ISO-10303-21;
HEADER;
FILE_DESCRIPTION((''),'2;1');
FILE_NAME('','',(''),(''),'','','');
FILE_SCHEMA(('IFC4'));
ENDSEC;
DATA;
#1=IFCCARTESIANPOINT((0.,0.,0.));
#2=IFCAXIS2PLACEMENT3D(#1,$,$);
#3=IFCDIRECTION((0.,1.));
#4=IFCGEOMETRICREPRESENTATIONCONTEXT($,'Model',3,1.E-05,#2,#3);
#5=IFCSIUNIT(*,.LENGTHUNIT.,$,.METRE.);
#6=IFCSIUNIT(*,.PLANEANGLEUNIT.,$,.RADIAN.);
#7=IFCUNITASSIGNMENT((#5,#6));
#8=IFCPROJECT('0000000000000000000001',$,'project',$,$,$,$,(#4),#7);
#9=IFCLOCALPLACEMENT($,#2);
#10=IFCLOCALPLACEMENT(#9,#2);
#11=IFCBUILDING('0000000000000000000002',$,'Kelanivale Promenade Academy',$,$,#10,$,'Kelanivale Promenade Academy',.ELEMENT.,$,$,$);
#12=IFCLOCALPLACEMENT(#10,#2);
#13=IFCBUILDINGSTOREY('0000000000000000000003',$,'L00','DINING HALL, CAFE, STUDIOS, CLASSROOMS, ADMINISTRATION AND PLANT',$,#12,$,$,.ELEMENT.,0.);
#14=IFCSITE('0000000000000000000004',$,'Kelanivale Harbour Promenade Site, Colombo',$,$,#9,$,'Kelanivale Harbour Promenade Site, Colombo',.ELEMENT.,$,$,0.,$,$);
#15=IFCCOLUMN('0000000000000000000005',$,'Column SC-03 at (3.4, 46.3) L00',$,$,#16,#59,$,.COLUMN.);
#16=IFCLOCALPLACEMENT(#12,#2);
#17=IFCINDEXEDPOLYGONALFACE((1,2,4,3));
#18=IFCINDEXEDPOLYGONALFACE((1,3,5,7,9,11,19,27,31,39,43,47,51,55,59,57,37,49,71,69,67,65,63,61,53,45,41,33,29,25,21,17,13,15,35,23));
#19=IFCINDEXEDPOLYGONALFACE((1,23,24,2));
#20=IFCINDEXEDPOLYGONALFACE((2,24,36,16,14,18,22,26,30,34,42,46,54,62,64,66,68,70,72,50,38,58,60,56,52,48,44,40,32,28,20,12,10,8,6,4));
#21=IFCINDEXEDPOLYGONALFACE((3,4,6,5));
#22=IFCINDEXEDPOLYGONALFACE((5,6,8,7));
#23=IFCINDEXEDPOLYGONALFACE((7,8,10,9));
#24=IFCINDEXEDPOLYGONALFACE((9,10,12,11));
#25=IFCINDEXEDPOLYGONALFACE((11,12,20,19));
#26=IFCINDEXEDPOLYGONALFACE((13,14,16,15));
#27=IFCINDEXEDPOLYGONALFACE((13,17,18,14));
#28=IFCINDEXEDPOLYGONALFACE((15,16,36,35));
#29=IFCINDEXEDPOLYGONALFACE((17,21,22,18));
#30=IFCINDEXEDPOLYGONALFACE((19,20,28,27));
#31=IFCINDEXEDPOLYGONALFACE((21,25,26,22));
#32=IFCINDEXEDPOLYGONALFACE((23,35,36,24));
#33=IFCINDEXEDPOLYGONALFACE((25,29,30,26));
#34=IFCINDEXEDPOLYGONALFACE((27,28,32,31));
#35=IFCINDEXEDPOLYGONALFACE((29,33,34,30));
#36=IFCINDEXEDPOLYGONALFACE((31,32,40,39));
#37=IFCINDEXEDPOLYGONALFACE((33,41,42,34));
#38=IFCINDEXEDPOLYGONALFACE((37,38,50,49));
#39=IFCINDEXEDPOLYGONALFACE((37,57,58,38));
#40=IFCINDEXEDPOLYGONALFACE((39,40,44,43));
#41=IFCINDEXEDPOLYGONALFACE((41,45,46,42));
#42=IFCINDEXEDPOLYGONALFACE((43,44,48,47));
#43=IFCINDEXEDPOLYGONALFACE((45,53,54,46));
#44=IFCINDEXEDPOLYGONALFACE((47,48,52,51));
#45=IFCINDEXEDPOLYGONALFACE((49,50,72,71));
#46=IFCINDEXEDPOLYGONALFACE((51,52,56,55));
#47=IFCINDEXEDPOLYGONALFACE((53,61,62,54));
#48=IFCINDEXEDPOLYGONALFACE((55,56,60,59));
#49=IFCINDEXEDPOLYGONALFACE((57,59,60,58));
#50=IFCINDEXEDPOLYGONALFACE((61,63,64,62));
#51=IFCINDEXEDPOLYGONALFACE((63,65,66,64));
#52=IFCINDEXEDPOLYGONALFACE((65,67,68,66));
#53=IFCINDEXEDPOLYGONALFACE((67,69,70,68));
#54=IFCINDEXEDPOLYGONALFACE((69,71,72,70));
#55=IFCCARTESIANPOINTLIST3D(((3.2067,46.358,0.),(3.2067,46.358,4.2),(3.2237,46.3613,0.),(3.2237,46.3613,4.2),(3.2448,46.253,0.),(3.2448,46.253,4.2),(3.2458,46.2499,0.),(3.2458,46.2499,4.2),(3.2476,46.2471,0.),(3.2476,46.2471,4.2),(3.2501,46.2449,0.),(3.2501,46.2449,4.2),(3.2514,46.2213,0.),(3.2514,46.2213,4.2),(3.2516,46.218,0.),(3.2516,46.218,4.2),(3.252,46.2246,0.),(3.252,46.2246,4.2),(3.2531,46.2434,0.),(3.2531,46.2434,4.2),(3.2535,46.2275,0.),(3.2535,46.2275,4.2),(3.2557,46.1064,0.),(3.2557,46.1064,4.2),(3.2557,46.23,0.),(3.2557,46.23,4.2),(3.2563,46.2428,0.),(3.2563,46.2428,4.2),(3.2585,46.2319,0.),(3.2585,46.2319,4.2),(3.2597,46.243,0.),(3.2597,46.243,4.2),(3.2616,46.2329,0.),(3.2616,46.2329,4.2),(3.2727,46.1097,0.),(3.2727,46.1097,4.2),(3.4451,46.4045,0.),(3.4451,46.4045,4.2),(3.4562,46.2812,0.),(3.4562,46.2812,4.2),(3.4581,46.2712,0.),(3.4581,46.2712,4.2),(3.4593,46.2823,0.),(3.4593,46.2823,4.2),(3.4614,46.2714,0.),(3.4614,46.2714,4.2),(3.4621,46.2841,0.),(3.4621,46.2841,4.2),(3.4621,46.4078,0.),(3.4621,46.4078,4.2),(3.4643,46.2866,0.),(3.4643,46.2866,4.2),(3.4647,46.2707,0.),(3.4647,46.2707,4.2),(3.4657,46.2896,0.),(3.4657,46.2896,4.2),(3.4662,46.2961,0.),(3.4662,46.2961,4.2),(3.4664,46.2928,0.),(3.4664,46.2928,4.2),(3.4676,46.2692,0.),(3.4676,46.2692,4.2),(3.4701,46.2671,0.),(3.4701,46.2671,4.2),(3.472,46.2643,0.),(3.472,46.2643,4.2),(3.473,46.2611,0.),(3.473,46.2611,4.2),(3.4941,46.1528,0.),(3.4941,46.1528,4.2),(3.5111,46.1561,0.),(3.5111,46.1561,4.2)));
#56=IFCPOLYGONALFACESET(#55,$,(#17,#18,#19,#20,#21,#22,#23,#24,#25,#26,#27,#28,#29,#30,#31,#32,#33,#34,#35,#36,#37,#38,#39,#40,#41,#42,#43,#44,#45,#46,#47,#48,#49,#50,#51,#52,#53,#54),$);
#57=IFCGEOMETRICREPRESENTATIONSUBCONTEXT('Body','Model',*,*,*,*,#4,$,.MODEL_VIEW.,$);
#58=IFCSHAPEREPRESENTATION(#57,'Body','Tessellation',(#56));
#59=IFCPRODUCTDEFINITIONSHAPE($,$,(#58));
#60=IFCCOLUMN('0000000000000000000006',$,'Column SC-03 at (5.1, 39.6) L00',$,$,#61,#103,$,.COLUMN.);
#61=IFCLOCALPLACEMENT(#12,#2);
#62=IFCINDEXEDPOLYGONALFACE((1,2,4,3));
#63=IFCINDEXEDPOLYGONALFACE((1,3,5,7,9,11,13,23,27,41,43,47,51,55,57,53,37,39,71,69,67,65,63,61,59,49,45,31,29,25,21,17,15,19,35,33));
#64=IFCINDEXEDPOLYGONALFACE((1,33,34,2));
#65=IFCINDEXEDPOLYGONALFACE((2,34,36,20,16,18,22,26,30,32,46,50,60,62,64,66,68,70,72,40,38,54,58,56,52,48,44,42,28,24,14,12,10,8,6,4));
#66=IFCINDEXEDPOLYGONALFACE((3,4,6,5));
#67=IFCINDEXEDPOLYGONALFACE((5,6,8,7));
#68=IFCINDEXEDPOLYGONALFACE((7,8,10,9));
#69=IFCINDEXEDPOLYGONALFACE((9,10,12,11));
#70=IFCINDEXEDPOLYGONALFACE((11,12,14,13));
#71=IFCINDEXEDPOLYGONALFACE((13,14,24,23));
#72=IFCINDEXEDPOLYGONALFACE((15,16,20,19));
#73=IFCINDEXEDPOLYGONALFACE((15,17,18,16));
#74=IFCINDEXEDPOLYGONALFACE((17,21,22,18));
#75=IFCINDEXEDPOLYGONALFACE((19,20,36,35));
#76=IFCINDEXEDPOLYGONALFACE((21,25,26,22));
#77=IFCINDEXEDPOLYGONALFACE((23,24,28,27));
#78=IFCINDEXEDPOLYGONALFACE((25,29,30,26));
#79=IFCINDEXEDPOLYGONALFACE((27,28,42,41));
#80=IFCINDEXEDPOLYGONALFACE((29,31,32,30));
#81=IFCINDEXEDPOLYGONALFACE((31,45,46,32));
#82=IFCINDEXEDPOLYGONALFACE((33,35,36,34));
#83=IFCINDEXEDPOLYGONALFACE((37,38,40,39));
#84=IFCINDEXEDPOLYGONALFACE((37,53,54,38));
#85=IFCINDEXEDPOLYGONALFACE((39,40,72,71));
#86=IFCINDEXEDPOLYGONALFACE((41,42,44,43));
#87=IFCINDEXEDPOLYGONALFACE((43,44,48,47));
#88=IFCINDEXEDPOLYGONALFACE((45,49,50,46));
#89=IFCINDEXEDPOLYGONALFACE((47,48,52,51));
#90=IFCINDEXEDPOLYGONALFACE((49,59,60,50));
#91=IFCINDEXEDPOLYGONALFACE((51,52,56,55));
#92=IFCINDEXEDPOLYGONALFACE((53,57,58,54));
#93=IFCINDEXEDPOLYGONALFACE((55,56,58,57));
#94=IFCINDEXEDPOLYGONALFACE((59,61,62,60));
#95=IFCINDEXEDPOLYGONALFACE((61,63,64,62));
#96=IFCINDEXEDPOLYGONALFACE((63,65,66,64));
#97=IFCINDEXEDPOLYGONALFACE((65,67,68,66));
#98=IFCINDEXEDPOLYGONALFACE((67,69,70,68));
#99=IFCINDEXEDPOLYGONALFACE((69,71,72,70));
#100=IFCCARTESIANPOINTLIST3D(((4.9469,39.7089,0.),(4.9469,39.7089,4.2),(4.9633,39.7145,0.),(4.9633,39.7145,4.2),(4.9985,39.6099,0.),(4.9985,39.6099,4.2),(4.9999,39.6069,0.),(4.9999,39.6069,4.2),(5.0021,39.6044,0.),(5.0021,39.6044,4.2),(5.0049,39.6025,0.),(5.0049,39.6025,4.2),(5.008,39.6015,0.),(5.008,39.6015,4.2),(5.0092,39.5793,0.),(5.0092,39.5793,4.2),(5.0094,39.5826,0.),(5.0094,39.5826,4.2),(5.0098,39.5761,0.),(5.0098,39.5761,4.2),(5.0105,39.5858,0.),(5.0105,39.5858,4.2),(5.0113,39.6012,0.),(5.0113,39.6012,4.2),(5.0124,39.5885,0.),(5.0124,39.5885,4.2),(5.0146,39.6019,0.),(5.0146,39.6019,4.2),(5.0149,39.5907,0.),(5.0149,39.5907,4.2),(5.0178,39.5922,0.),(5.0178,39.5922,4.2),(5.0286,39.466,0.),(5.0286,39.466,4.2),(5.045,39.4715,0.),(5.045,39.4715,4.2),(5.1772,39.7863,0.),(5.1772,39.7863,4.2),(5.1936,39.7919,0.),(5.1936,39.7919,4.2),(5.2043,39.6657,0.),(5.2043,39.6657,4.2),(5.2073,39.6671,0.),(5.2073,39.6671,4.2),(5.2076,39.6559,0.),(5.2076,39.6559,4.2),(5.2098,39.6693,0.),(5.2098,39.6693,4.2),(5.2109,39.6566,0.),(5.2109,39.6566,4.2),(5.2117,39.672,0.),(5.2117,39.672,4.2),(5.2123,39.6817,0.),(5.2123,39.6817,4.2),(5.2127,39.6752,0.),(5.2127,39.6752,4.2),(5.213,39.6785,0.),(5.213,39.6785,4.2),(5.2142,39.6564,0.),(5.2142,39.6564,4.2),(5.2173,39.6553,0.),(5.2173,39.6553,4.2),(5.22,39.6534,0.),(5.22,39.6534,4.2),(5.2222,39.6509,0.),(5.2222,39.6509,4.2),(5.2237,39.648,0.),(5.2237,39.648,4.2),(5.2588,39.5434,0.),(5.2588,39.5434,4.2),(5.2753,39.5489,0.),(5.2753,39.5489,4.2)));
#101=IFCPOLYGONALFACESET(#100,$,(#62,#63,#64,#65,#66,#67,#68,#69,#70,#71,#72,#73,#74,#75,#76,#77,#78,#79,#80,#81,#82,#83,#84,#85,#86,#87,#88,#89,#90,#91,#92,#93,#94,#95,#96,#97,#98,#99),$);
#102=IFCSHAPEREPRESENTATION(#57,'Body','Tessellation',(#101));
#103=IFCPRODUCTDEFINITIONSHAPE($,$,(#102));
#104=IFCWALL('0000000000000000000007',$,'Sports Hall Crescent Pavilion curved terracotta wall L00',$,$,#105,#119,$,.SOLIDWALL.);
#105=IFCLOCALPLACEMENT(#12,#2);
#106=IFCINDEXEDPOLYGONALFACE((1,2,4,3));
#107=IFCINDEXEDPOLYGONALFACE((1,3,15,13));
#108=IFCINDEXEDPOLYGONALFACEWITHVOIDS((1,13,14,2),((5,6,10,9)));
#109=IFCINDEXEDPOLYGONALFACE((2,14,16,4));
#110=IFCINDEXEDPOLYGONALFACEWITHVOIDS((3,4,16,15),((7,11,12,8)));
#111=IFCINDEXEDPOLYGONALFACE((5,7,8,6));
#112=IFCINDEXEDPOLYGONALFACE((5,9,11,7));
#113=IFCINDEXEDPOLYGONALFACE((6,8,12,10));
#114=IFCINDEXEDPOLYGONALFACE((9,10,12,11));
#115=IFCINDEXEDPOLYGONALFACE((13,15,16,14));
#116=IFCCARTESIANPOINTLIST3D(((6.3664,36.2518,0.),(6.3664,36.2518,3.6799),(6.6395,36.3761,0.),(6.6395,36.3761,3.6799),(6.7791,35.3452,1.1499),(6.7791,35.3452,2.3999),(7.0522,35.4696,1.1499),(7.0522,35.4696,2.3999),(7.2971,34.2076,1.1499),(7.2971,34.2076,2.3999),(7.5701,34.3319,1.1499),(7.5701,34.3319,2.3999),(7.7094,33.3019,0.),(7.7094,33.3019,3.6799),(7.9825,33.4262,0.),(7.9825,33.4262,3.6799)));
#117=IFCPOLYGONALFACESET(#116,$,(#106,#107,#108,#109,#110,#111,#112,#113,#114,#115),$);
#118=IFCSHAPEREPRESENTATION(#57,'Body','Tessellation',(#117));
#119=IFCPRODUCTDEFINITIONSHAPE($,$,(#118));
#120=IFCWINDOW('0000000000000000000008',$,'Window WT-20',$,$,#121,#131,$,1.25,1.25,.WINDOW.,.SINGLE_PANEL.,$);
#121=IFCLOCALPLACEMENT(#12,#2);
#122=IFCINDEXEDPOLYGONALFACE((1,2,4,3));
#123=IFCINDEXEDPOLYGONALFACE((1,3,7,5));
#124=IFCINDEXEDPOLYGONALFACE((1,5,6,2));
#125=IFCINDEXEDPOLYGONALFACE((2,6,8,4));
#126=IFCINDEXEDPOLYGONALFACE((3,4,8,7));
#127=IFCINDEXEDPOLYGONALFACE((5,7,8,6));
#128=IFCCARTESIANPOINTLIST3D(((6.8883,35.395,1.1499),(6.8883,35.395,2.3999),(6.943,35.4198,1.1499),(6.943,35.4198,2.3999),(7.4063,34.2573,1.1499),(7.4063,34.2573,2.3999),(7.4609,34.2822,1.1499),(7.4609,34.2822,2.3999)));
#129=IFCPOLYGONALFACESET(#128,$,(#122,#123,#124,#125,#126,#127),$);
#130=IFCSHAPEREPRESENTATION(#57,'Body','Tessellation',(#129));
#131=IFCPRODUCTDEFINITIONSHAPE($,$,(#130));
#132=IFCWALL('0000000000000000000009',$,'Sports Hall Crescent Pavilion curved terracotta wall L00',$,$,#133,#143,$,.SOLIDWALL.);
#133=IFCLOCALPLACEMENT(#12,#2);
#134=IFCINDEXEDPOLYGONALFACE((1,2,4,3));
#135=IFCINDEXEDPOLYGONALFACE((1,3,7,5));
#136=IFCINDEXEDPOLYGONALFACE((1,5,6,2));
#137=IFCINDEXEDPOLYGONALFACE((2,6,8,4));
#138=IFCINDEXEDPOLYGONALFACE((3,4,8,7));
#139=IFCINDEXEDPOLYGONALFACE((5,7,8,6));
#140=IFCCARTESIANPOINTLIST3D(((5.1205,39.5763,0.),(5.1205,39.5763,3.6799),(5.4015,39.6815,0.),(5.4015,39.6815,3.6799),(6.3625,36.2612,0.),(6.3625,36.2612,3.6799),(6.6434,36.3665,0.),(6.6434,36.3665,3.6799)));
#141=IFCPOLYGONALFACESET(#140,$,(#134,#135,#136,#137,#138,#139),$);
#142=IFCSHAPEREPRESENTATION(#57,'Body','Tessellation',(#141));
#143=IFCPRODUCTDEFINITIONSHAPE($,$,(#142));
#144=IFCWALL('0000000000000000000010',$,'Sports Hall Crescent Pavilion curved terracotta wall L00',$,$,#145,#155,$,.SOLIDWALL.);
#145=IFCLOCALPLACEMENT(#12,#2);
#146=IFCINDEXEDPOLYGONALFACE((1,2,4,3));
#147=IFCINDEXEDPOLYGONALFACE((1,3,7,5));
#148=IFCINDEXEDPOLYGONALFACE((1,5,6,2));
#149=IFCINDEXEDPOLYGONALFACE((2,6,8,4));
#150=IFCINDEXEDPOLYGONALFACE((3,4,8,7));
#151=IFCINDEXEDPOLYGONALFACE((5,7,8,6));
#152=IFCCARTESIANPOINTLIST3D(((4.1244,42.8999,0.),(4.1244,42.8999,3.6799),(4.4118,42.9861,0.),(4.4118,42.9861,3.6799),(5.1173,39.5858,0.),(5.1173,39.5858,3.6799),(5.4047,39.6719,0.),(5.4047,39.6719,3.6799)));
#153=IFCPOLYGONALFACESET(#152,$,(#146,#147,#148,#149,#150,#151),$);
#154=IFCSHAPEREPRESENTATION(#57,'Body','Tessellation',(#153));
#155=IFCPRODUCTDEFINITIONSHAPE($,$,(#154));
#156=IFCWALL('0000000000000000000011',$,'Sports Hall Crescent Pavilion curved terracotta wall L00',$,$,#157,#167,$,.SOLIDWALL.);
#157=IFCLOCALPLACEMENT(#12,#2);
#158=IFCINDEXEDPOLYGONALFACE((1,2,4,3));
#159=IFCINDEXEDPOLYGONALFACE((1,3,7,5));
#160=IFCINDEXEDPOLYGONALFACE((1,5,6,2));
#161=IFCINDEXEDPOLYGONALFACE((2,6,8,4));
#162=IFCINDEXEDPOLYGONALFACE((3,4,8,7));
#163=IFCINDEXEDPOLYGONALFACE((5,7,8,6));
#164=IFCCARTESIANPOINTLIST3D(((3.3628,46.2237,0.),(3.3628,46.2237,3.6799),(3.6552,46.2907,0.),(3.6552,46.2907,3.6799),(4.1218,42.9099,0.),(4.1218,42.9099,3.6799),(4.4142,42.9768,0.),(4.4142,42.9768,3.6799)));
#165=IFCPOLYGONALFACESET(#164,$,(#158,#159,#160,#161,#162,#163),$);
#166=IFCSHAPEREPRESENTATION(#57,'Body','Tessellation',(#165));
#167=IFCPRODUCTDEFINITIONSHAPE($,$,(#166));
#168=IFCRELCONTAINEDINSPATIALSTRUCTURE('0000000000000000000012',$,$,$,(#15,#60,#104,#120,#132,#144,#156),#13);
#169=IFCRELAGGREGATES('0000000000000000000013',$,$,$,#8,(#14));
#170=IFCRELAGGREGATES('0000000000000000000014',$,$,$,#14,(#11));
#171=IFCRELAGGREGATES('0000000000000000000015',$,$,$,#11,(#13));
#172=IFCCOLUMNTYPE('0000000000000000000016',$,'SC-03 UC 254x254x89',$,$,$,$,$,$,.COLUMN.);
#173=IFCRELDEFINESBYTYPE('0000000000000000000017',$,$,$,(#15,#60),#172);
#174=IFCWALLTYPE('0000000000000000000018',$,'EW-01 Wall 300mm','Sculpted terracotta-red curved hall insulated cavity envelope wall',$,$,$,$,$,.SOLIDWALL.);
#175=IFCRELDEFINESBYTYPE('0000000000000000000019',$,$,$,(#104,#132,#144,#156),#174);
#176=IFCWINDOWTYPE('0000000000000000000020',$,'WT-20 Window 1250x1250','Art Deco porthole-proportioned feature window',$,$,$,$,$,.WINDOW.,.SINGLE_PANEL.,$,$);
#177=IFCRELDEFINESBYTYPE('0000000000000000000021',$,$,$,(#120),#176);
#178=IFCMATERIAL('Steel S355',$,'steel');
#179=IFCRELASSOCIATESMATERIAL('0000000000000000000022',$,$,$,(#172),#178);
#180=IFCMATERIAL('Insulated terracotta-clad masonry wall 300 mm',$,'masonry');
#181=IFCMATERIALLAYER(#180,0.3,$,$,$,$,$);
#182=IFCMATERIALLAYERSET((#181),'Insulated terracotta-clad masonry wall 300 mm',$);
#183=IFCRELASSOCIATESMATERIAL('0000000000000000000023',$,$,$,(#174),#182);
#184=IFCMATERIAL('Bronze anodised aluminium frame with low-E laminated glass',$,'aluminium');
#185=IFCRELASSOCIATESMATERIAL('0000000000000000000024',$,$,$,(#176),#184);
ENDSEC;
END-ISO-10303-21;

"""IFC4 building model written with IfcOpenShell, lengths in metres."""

from ifc_helpers import new_model, si_unit, direction, frame, frame_2d, origin, origin_2d, place, context, subcontext, project, spatial, rectangle, i_section, extrude, material, layer, layer_set, material_profile, profile_set, type_object, element, fill, save


model = new_model("IFC4")

# Units and contexts
model_context = context("Model", 3, precision=1e-05, world=origin(), true_north=direction((0.0, 1.0)))
body_context = subcontext(model_context, "Body", "Model", "MODEL_VIEW")
ifc_project = project(units=[si_unit("LENGTHUNIT", "METRE"), si_unit("PLANEANGLEUNIT", "RADIAN")], contexts=[model_context])

# Site, building, storey
site_placement = place(None, origin())
site = spatial("IfcSite", under=ifc_project, at=site_placement, Name="Kelanivale Harbour Promenade Site, Colombo", LongName="Kelanivale Harbour Promenade Site, Colombo", CompositionType="ELEMENT", RefElevation=0.0)
building_placement = place(site_placement, origin())
building = spatial("IfcBuilding", under=site, at=building_placement, Name="Kelanivale Promenade Academy", LongName="Kelanivale Promenade Academy", CompositionType="ELEMENT")
storey_placement = place(building_placement, origin())
storey = spatial("IfcBuildingStorey", under=building, at=storey_placement, Name="L00", Description="DINING HALL, CAFE, STUDIOS, CLASSROOMS, ADMINISTRATION AND PLANT", CompositionType="ELEMENT", Elevation=0.0)

# Columns
ifc_material_1 = material(Name="Steel S355", Category="steel")
ifc_material_profile_1 = material_profile(ifc_material_1, i_section(OverallWidth=0.2563, OverallDepth=0.2603, WebThickness=0.0103, FlangeThickness=0.0173, FilletRadius=0.0127, at=origin_2d()), Name="UC 254x254x89")
ifc_profile_set_1 = profile_set([ifc_material_profile_1], Name="Steel S355")
column_type_1 = type_object("IfcColumnType", Name="SC-03 UC 254x254x89", PredefinedType="COLUMN", material=ifc_profile_set_1)
for number, where, z_axis, x_axis, name in (
    (1, (3.3589, 46.2571, 0.0), (0.0, 0.0, 1.0), (-0.191152, 0.981561, 0.0), "Column SC-03 at (3.4, 46.3) L00"),
    (2, (5.1111, 39.6289, 0.0), (0.0, 0.0, 1.0), (-0.318628, 0.94788, 0.0), "Column SC-03 at (5.1, 39.6) L00"),
):
    element("IfcColumn", number, at=place(storey_placement, frame(where, z_axis=z_axis, x_axis=x_axis)), inside=storey, type_object=column_type_1, Name=name, PredefinedType="COLUMN", context=body_context, shape_type="SweptSolid", body=[
        extrude(i_section(OverallWidth=0.2563, OverallDepth=0.2603, WebThickness=0.0103, FlangeThickness=0.0173, FilletRadius=0.0127, at=origin_2d()), origin(), (0.0, 0.0, 1.0), 4.2),
    ])

# Wall, opening, window
ifc_material_2 = material(Name="Insulated terracotta-clad masonry wall 300 mm", Category="masonry")
ifc_layer = layer(ifc_material_2, 0.3)
ifc_layer_set = layer_set([ifc_layer], Name="Insulated terracotta-clad masonry wall 300 mm")
wall_type = type_object("IfcWallType", Name="EW-01 Wall 300mm", Description="Sculpted terracotta-red curved hall insulated cavity envelope wall", PredefinedType="SOLIDWALL", material=ifc_layer_set)
wall_1_placement = place(storey_placement, frame((6.5029, 36.314, 0.0), z_axis=(0.0, 0.0, 1.0), x_axis=(0.414348, -0.910119, 0.0)))
wall_1 = element("IfcWall", 3, at=wall_1_placement, inside=storey, type_object=wall_type, Name="Sports Hall Crescent Pavilion curved terracotta wall L00", PredefinedType="SOLIDWALL", context=body_context, shape_type="SweptSolid", body=[
    extrude(rectangle(XDim=3.2412, YDim=0.3, at=frame_2d((1.6206, 0.0))), origin(), (0.0, 0.0, 1.0), 3.6799),
])
opening_placement = place(wall_1_placement, frame((0.9961, 0.0, 1.1499)))
opening = element("IfcOpeningElement", 4, at=opening_placement, cuts=wall_1, PredefinedType="OPENING", context=body_context, shape_type="SweptSolid", body=[
    extrude(rectangle(XDim=1.25, YDim=1.25, at=frame_2d((0.625, 0.625))), frame((0.0, 0.1602, 0.0), z_axis=(0.0, -1.0, 0.0), x_axis=(1.0, 0.0, 0.0)), (0.0, 0.0, 1.0), 0.3201),
])
ifc_material_3 = material(Name="Bronze anodised aluminium frame with low-E laminated glass", Category="aluminium")
window_type = type_object("IfcWindowType", Name="WT-20 Window 1250x1250", Description="Art Deco porthole-proportioned feature window", PartitioningType="SINGLE_PANEL", PredefinedType="WINDOW", material=ifc_material_3)
window_placement = place(opening_placement, origin())
window = element("IfcWindow", 5, at=window_placement, inside=storey, type_object=window_type, Name="Window WT-20", OverallHeight=1.25, OverallWidth=1.25, PartitioningType="SINGLE_PANEL", PredefinedType="WINDOW", context=body_context, shape_type="SweptSolid", body=[
    extrude(rectangle(XDim=1.25, YDim=1.25, at=frame_2d((0.625, 0.625))), frame((0.0, 0.03, 0.0), z_axis=(0.0, -1.0, 0.0), x_axis=(1.0, 0.0, 0.0)), (0.0, 0.0, 1.0), 0.0601),
])
fill(opening, window)

# Walls
wall_2_placement = place(storey_placement, frame((5.261, 39.6289, 0.0), z_axis=(0.0, 0.0, 1.0), x_axis=(0.350836, -0.936437, 0.0)))
element("IfcWall", 6, at=wall_2_placement, inside=storey, type_object=wall_type, Name="Sports Hall Crescent Pavilion curved terracotta wall L00", PredefinedType="SOLIDWALL", context=body_context, shape_type="SweptSolid", body=[
    extrude(rectangle(XDim=3.54, YDim=0.3, at=frame_2d((1.77, 0.0))), origin(), (0.0, 0.0, 1.0), 3.6799),
])
wall_3_placement = place(storey_placement, frame((4.2681, 42.9431, 0.0), z_axis=(0.0, 0.0, 1.0), x_axis=(0.286992, -0.957933, 0.0)))
element("IfcWall", 7, at=wall_3_placement, inside=storey, type_object=wall_type, Name="Sports Hall Crescent Pavilion curved terracotta wall L00", PredefinedType="SOLIDWALL", context=body_context, shape_type="SweptSolid", body=[
    extrude(rectangle(XDim=3.4597, YDim=0.3, at=frame_2d((1.73, 0.0))), origin(), (0.0, 0.0, 1.0), 3.6799),
])
wall_4_placement = place(storey_placement, frame((3.509, 46.2571, 0.0), z_axis=(0.0, 0.0, 1.0), x_axis=(0.22326, -0.974759, 0.0)))
element("IfcWall", 8, at=wall_4_placement, inside=storey, type_object=wall_type, Name="Sports Hall Crescent Pavilion curved terracotta wall L00", PredefinedType="SOLIDWALL", context=body_context, shape_type="SweptSolid", body=[
    extrude(rectangle(XDim=3.3997, YDim=0.3, at=frame_2d((1.6997, 0.0))), origin(), (0.0, 0.0, 1.0), 3.6799),
])

save(model, "model.ifc")
